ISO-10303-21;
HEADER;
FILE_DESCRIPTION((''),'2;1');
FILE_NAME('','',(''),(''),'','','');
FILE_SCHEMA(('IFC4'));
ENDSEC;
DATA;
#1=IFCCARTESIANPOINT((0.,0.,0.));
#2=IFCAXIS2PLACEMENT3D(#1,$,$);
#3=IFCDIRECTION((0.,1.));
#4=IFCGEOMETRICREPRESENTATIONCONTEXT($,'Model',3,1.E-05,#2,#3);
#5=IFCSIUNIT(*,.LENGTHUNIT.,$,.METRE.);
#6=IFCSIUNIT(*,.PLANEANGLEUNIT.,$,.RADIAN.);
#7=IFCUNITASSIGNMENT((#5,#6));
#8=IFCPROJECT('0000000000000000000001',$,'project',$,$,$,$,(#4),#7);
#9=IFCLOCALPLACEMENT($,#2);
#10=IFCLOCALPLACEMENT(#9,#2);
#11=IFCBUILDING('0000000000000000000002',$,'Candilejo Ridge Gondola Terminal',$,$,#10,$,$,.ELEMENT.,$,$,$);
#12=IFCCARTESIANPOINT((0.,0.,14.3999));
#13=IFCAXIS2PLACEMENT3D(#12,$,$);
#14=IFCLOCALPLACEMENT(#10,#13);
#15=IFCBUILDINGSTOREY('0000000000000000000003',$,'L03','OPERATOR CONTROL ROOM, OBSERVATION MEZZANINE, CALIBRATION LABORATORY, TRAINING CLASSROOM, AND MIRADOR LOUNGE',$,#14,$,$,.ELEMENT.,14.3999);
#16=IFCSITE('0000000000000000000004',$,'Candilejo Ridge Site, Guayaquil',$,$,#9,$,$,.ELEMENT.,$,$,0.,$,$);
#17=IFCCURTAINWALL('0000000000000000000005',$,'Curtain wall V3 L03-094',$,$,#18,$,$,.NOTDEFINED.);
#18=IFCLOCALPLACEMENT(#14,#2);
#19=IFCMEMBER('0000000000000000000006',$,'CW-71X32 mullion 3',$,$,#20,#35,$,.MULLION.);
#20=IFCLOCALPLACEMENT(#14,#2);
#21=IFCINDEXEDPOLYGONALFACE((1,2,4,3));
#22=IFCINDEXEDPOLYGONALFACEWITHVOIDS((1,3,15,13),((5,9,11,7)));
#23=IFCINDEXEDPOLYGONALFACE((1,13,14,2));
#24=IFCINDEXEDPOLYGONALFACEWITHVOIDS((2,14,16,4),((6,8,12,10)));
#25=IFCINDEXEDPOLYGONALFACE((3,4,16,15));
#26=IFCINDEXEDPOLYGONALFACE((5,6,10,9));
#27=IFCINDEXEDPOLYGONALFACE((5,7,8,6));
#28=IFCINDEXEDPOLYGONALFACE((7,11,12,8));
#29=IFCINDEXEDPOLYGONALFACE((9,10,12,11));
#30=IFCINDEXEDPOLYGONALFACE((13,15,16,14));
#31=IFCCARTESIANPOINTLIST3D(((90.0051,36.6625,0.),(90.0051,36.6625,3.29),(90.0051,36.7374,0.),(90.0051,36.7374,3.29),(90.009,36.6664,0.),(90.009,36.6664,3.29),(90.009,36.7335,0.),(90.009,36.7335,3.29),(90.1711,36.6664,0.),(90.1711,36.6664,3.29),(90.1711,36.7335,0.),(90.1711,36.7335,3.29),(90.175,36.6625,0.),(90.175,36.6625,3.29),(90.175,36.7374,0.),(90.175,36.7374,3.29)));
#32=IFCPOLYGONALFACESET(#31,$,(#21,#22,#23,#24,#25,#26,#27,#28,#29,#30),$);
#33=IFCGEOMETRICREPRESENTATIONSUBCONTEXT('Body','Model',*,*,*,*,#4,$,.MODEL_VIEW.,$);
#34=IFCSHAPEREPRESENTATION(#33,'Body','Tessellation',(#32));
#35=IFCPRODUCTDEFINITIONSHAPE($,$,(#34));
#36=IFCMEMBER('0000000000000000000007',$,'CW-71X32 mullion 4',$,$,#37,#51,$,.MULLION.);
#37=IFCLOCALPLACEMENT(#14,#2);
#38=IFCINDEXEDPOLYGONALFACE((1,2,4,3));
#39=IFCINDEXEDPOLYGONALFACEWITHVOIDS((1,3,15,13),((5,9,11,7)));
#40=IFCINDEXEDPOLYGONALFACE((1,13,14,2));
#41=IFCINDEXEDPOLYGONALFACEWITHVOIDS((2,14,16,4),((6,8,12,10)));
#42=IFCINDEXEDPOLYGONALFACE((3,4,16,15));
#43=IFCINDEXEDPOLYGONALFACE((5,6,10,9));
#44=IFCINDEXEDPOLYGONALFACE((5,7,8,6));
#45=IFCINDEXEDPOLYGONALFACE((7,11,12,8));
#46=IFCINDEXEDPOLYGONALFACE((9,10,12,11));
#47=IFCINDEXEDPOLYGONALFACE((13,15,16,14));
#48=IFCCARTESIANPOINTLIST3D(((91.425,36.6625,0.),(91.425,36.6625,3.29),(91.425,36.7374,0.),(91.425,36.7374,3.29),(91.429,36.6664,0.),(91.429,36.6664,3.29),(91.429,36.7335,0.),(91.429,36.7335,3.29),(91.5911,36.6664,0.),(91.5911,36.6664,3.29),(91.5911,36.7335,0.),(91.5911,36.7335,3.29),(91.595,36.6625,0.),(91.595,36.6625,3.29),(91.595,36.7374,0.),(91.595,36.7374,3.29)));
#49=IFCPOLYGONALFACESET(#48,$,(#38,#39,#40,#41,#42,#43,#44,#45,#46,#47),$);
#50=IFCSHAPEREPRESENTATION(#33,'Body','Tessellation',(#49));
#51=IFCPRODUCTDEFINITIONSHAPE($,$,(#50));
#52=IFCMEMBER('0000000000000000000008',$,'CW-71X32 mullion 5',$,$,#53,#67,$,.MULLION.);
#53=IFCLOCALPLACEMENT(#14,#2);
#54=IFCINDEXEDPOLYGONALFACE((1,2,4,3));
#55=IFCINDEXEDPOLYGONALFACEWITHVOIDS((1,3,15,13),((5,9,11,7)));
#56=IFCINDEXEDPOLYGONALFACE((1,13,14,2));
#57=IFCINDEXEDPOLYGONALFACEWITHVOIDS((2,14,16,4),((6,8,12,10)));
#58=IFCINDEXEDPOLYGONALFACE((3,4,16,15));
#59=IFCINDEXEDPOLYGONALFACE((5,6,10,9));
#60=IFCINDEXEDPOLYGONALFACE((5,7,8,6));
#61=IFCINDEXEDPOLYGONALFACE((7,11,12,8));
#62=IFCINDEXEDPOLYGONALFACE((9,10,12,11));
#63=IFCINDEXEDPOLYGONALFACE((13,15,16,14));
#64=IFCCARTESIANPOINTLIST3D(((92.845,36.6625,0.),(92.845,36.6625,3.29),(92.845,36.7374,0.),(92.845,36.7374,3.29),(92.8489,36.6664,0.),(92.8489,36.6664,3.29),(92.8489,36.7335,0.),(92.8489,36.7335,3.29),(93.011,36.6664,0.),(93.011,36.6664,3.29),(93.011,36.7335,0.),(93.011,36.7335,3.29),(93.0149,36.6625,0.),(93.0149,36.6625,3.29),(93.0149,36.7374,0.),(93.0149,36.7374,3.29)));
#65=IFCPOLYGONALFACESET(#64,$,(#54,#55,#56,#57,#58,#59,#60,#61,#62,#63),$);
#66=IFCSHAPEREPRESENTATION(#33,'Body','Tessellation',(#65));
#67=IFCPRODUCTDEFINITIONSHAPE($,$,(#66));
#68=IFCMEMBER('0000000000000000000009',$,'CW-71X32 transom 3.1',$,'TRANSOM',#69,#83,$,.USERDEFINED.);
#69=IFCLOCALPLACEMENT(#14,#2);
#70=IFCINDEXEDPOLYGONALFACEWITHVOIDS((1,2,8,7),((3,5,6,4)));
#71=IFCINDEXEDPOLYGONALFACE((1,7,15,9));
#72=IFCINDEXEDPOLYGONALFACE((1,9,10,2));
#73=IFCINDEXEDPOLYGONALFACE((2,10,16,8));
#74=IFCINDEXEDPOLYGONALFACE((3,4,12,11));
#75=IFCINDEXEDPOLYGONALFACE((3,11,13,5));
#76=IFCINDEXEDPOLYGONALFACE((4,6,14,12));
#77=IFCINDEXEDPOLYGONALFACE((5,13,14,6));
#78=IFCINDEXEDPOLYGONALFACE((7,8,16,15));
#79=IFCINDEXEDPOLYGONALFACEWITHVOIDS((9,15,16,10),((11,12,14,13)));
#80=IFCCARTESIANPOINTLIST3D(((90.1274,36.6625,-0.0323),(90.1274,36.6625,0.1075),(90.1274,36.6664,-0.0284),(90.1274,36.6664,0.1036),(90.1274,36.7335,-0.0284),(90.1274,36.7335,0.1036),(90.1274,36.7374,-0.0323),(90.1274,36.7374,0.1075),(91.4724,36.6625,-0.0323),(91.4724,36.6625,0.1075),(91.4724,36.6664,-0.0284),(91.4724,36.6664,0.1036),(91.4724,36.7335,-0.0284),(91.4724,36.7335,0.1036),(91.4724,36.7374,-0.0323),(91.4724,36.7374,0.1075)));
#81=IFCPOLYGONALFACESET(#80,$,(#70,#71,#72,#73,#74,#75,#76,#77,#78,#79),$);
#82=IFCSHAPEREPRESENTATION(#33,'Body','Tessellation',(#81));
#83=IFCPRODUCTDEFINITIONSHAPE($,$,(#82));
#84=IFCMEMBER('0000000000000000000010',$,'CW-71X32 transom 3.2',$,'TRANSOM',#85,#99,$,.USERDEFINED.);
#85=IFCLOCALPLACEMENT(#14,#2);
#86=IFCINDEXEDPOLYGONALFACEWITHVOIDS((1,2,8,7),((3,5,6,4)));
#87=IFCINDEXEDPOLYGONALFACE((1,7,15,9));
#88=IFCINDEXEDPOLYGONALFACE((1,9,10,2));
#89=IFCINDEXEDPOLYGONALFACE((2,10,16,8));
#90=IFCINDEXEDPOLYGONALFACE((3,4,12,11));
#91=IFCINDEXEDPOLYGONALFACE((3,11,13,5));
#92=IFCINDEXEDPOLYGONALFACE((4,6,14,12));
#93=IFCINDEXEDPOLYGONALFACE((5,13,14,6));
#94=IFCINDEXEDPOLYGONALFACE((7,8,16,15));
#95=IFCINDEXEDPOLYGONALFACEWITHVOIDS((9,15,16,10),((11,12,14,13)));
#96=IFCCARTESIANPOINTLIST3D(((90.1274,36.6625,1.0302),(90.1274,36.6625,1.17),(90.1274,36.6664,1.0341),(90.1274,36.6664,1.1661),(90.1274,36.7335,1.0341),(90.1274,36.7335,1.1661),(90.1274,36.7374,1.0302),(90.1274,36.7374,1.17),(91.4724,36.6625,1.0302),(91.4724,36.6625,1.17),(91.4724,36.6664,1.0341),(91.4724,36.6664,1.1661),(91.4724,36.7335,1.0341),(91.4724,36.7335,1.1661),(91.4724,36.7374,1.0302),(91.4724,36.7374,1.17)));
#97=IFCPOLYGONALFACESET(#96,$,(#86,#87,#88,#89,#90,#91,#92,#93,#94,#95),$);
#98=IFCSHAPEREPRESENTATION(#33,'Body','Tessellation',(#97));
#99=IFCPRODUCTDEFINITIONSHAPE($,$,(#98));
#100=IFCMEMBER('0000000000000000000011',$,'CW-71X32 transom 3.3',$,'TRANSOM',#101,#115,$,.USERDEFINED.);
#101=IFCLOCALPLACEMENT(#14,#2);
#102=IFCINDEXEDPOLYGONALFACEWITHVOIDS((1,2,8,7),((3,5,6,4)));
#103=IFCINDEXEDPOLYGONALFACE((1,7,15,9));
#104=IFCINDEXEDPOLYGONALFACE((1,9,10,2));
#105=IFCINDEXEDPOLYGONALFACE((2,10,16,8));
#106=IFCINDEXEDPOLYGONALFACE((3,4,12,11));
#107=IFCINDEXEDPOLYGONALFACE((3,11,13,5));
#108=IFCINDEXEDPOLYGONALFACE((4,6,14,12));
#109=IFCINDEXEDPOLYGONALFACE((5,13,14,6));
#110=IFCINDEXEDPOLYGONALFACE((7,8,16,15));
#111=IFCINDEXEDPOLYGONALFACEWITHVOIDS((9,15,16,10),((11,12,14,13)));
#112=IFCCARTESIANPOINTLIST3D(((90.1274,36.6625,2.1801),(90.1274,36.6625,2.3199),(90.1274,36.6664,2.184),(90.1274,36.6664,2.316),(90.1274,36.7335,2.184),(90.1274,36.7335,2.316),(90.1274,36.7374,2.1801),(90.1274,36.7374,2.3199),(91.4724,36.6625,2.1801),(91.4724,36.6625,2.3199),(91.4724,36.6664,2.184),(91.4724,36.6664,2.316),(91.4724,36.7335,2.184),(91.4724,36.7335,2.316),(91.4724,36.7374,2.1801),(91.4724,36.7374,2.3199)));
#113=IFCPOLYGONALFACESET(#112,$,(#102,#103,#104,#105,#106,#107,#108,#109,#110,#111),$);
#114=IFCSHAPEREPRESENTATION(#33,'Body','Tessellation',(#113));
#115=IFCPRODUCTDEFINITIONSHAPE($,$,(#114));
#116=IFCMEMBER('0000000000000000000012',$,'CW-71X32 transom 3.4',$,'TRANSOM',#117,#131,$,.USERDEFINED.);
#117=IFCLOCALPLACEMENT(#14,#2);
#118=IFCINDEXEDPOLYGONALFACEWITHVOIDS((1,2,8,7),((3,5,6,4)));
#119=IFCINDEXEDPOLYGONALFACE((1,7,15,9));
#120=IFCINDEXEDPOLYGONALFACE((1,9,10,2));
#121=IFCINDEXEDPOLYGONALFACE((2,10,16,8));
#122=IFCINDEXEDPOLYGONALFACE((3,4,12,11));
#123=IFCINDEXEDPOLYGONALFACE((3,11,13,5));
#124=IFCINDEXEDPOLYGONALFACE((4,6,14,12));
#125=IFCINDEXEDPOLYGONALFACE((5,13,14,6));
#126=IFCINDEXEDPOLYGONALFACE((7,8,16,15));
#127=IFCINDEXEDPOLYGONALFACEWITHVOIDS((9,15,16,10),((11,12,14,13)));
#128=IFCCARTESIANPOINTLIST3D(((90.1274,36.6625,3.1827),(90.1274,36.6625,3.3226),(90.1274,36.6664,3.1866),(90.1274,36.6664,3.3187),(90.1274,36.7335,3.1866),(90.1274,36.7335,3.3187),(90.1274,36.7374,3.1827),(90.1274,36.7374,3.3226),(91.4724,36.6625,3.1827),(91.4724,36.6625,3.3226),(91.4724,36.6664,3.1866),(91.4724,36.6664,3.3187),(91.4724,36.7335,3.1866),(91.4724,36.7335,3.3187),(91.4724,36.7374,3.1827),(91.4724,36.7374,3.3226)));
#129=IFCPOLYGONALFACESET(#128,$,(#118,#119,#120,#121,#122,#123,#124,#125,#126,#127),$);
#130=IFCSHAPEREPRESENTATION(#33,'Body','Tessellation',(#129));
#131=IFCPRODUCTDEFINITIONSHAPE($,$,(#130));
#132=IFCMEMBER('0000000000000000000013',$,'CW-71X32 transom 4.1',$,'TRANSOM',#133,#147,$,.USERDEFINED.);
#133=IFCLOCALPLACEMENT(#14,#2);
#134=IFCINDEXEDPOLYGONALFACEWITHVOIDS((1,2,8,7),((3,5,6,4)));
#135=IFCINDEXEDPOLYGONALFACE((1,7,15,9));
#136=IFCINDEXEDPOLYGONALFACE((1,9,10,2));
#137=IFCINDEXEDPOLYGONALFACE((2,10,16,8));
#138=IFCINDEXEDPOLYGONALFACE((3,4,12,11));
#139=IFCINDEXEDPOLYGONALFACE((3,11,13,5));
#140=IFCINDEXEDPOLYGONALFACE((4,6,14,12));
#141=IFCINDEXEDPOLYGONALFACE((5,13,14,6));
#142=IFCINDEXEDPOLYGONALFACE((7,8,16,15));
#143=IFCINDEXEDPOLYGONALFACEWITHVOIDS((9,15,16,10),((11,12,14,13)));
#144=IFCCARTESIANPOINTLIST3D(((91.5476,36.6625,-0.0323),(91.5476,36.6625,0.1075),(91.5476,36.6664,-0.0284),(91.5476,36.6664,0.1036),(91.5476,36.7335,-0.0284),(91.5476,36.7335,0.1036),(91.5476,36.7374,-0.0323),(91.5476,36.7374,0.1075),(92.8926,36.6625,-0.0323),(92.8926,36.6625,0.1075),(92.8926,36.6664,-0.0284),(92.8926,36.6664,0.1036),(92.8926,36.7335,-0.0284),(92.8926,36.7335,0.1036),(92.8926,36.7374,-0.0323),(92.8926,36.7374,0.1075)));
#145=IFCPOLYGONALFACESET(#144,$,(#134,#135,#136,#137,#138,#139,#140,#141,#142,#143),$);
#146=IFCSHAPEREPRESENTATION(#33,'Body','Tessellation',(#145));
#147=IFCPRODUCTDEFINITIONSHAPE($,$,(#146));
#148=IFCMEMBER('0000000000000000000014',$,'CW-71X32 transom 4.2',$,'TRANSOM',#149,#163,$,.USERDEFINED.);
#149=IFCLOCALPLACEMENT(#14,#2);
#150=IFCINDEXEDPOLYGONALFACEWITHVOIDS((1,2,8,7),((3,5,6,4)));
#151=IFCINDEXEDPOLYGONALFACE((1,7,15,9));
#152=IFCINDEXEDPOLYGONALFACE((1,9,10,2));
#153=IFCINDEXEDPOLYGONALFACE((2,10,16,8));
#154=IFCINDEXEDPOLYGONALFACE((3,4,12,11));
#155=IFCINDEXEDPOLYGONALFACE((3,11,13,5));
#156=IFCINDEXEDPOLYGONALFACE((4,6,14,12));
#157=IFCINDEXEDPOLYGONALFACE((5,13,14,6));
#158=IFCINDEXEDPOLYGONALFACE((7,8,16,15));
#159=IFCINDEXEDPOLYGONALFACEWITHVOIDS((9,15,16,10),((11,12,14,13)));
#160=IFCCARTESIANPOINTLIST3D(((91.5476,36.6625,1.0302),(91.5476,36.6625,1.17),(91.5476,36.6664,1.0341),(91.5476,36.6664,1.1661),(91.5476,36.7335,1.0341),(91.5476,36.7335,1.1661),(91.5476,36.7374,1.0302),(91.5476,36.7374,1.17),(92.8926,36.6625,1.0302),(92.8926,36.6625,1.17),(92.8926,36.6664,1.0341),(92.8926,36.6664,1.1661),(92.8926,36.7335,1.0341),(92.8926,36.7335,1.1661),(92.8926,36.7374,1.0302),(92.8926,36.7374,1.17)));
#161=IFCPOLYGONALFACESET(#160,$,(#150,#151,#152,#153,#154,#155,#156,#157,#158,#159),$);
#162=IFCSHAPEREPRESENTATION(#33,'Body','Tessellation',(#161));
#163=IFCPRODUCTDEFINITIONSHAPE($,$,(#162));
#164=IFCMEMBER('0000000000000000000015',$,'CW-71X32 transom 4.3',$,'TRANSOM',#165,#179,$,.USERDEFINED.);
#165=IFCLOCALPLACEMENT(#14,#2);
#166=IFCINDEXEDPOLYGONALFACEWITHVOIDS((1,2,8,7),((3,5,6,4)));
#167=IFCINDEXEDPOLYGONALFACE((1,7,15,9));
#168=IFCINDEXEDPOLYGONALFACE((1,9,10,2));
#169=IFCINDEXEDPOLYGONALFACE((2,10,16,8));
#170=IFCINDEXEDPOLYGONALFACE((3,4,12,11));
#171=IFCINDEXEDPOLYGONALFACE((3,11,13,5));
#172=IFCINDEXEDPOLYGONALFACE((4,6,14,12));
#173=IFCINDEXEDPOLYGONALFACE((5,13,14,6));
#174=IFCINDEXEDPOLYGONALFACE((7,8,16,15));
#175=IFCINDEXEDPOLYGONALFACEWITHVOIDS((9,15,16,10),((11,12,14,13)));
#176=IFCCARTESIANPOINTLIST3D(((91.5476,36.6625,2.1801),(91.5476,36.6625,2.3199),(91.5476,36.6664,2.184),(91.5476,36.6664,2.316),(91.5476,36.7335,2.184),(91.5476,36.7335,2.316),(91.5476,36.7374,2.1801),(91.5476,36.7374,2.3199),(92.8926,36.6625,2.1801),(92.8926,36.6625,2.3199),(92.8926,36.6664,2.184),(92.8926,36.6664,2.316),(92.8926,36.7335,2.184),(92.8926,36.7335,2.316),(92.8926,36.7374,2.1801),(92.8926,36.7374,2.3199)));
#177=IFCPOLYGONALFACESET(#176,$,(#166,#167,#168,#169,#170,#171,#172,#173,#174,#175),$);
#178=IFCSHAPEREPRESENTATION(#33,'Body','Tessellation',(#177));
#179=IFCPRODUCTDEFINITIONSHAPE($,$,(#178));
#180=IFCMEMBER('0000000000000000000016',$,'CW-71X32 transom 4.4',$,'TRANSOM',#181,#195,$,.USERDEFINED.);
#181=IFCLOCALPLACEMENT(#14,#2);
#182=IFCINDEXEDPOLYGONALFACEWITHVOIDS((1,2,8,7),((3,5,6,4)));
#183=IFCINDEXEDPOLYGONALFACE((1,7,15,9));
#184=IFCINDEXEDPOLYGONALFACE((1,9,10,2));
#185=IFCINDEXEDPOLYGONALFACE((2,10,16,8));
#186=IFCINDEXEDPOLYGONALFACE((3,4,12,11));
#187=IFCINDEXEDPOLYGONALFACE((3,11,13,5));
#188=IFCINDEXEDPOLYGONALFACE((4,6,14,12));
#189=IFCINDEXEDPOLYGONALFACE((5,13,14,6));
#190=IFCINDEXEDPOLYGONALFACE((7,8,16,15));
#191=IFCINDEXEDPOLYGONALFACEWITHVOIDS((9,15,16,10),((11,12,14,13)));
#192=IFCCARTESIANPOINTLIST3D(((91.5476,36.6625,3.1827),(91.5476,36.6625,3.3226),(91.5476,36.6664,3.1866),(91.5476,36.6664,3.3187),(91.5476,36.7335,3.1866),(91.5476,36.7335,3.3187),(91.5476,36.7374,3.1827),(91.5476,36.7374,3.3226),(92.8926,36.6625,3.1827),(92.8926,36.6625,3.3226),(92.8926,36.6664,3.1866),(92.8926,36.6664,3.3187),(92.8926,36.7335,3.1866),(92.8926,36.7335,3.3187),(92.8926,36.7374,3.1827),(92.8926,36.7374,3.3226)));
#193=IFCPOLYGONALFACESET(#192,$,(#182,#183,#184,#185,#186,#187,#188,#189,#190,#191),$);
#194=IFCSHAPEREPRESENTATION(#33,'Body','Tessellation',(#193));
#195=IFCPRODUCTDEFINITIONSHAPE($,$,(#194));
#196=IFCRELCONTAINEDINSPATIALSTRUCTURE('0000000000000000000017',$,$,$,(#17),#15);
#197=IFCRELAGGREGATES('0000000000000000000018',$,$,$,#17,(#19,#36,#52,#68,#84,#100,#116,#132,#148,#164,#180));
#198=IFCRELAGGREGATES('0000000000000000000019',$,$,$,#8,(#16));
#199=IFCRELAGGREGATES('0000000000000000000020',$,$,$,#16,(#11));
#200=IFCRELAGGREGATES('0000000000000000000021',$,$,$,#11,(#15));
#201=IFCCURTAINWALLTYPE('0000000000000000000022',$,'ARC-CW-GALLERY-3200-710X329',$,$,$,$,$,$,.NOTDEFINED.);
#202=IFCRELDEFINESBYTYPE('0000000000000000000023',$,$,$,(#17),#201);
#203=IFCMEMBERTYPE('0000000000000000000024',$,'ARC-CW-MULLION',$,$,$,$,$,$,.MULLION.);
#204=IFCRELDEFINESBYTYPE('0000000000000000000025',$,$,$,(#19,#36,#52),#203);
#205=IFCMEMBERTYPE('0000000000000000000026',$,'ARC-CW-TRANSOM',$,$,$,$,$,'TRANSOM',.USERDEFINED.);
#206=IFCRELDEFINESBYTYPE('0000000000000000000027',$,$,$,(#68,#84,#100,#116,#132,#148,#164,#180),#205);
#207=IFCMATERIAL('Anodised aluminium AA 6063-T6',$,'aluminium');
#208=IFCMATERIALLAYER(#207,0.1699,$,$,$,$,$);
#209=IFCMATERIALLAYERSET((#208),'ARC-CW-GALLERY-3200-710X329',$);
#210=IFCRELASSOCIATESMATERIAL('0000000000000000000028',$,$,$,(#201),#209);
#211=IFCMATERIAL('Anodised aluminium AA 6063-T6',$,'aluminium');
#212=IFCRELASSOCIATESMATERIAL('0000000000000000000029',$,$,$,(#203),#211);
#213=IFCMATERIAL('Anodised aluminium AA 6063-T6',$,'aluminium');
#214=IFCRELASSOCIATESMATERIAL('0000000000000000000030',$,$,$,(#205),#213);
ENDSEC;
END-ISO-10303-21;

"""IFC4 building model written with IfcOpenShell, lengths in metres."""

from ifc_helpers import new_model, si_unit, direction, frame, origin, origin_2d, place, context, subcontext, project, spatial, hollow_rectangle, extrude, material, layer, layer_set, material_profile, profile_set, type_object, element, aggregate, save


model = new_model("IFC4")

# Units and contexts
model_context = context("Model", 3, precision=1e-05, world=origin(), true_north=direction((0.0, 1.0)))
body_context = subcontext(model_context, "Body", "Model", "MODEL_VIEW")
ifc_project = project(units=[si_unit("LENGTHUNIT", "METRE"), si_unit("PLANEANGLEUNIT", "RADIAN")], contexts=[model_context])

# Site, building, storey
site_placement = place(None, origin())
site = spatial("IfcSite", under=ifc_project, at=site_placement, Name="Candilejo Ridge Site, Guayaquil", CompositionType="ELEMENT", RefElevation=0.0)
building_placement = place(site_placement, origin())
building = spatial("IfcBuilding", under=site, at=building_placement, Name="Candilejo Ridge Gondola Terminal", CompositionType="ELEMENT")
storey_placement = place(building_placement, frame((0.0, 0.0, 14.3999)))
storey = spatial("IfcBuildingStorey", under=building, at=storey_placement, Name="L03", Description="OPERATOR CONTROL ROOM, OBSERVATION MEZZANINE, CALIBRATION LABORATORY, TRAINING CLASSROOM, AND MIRADOR LOUNGE", CompositionType="ELEMENT", Elevation=14.3999)

# Curtain wall, members
ifc_material_1 = material(Name="Anodised aluminium AA 6063-T6", Category="aluminium")
ifc_layer_1 = layer(ifc_material_1, 0.1699)
ifc_layer_set_1 = layer_set([ifc_layer_1], Name="ARC-CW-GALLERY-3200-710X329")
curtain_wall_type = type_object("IfcCurtainWallType", Name="ARC-CW-GALLERY-3200-710X329", PredefinedType="NOTDEFINED", material=ifc_layer_set_1)
curtain_wall_placement = place(storey_placement, origin())
curtain_wall = element("IfcCurtainWall", 1, at=curtain_wall_placement, inside=storey, type_object=curtain_wall_type, Name="Curtain wall V3 L03-094", PredefinedType="NOTDEFINED")
ifc_material_2 = material(Name="Anodised aluminium AA 6063-T6", Category="aluminium")
ifc_material_profile_1 = material_profile(ifc_material_2, hollow_rectangle(XDim=0.075, YDim=0.1699, WallThickness=0.0039, at=origin_2d()))
ifc_profile_set_1 = profile_set([ifc_material_profile_1], Name="Anodised aluminium AA 6063-T6")
member_type_1 = type_object("IfcMemberType", Name="ARC-CW-MULLION", PredefinedType="MULLION", material=ifc_profile_set_1)
member_1_placement = place(storey_placement, frame((90.0901, 36.7, 0.0), z_axis=(0.0, 0.0, 1.0), x_axis=(0.0, 1.0, 0.0)))
member_1 = element("IfcMember", 2, at=member_1_placement, type_object=member_type_1, Name="CW-71X32 mullion 3", PredefinedType="MULLION", context=body_context, shape_type="SweptSolid", body=[
    extrude(hollow_rectangle(XDim=0.075, YDim=0.1699, WallThickness=0.0039, at=origin_2d()), origin(), (0.0, 0.0, 1.0), 3.29),
])
member_2_placement = place(storey_placement, frame((91.51, 36.7, 0.0), z_axis=(0.0, 0.0, 1.0), x_axis=(0.0, 1.0, 0.0)))
member_2 = element("IfcMember", 3, at=member_2_placement, type_object=member_type_1, Name="CW-71X32 mullion 4", PredefinedType="MULLION", context=body_context, shape_type="SweptSolid", body=[
    extrude(hollow_rectangle(XDim=0.075, YDim=0.1699, WallThickness=0.0039, at=origin_2d()), origin(), (0.0, 0.0, 1.0), 3.29),
])
member_3_placement = place(storey_placement, frame((92.9299, 36.7, 0.0), z_axis=(0.0, 0.0, 1.0), x_axis=(0.0, 1.0, 0.0)))
member_3 = element("IfcMember", 4, at=member_3_placement, type_object=member_type_1, Name="CW-71X32 mullion 5", PredefinedType="MULLION", context=body_context, shape_type="SweptSolid", body=[
    extrude(hollow_rectangle(XDim=0.075, YDim=0.1699, WallThickness=0.0039, at=origin_2d()), origin(), (0.0, 0.0, 1.0), 3.29),
])
ifc_material_3 = material(Name="Anodised aluminium AA 6063-T6", Category="aluminium")
ifc_material_profile_2 = material_profile(ifc_material_3, hollow_rectangle(XDim=0.075, YDim=0.1399, WallThickness=0.0039, at=origin_2d()))
ifc_profile_set_2 = profile_set([ifc_material_profile_2], Name="Anodised aluminium AA 6063-T6")
member_type_2 = type_object("IfcMemberType", Name="ARC-CW-TRANSOM", ElementType="TRANSOM", PredefinedType="USERDEFINED", material=ifc_profile_set_2)
member_4_placement = place(storey_placement, frame((90.1274, 36.7, 0.0376), z_axis=(1.0, 0.0, 0.0), x_axis=(0.0, 1.0, 0.0)))
member_4 = element("IfcMember", 5, at=member_4_placement, type_object=member_type_2, Name="CW-71X32 transom 3.1", ObjectType="TRANSOM", PredefinedType="USERDEFINED", context=body_context, shape_type="SweptSolid", body=[
    extrude(hollow_rectangle(XDim=0.075, YDim=0.1399, WallThickness=0.0039, at=origin_2d()), origin(), (0.0, 0.0, 1.0), 1.345),
])
member_5_placement = place(storey_placement, frame((90.1274, 36.7, 1.1001), z_axis=(1.0, 0.0, 0.0), x_axis=(0.0, 1.0, 0.0)))
member_5 = element("IfcMember", 6, at=member_5_placement, type_object=member_type_2, Name="CW-71X32 transom 3.2", ObjectType="TRANSOM", PredefinedType="USERDEFINED", context=body_context, shape_type="SweptSolid", body=[
    extrude(hollow_rectangle(XDim=0.075, YDim=0.1399, WallThickness=0.0039, at=origin_2d()), origin(), (0.0, 0.0, 1.0), 1.345),
])
member_6_placement = place(storey_placement, frame((90.1274, 36.7, 2.25), z_axis=(1.0, 0.0, 0.0), x_axis=(0.0, 1.0, 0.0)))
member_6 = element("IfcMember", 7, at=member_6_placement, type_object=member_type_2, Name="CW-71X32 transom 3.3", ObjectType="TRANSOM", PredefinedType="USERDEFINED", context=body_context, shape_type="SweptSolid", body=[
    extrude(hollow_rectangle(XDim=0.075, YDim=0.1399, WallThickness=0.0039, at=origin_2d()), origin(), (0.0, 0.0, 1.0), 1.345),
])
member_7_placement = place(storey_placement, frame((90.1274, 36.7, 3.2527), z_axis=(1.0, 0.0, 0.0), x_axis=(0.0, 1.0, 0.0)))
member_7 = element("IfcMember", 8, at=member_7_placement, type_object=member_type_2, Name="CW-71X32 transom 3.4", ObjectType="TRANSOM", PredefinedType="USERDEFINED", context=body_context, shape_type="SweptSolid", body=[
    extrude(hollow_rectangle(XDim=0.075, YDim=0.1399, WallThickness=0.0039, at=origin_2d()), origin(), (0.0, 0.0, 1.0), 1.345),
])
member_8_placement = place(storey_placement, frame((91.5476, 36.7, 0.0376), z_axis=(1.0, 0.0, 0.0), x_axis=(0.0, 1.0, 0.0)))
member_8 = element("IfcMember", 9, at=member_8_placement, type_object=member_type_2, Name="CW-71X32 transom 4.1", ObjectType="TRANSOM", PredefinedType="USERDEFINED", context=body_context, shape_type="SweptSolid", body=[
    extrude(hollow_rectangle(XDim=0.075, YDim=0.1399, WallThickness=0.0039, at=origin_2d()), origin(), (0.0, 0.0, 1.0), 1.345),
])
member_9_placement = place(storey_placement, frame((91.5476, 36.7, 1.1001), z_axis=(1.0, 0.0, 0.0), x_axis=(0.0, 1.0, 0.0)))
member_9 = element("IfcMember", 10, at=member_9_placement, type_object=member_type_2, Name="CW-71X32 transom 4.2", ObjectType="TRANSOM", PredefinedType="USERDEFINED", context=body_context, shape_type="SweptSolid", body=[
    extrude(hollow_rectangle(XDim=0.075, YDim=0.1399, WallThickness=0.0039, at=origin_2d()), origin(), (0.0, 0.0, 1.0), 1.345),
])
member_10_placement = place(storey_placement, frame((91.5476, 36.7, 2.25), z_axis=(1.0, 0.0, 0.0), x_axis=(0.0, 1.0, 0.0)))
member_10 = element("IfcMember", 11, at=member_10_placement, type_object=member_type_2, Name="CW-71X32 transom 4.3", ObjectType="TRANSOM", PredefinedType="USERDEFINED", context=body_context, shape_type="SweptSolid", body=[
    extrude(hollow_rectangle(XDim=0.075, YDim=0.1399, WallThickness=0.0039, at=origin_2d()), origin(), (0.0, 0.0, 1.0), 1.345),
])
member_11_placement = place(storey_placement, frame((91.5476, 36.7, 3.2527), z_axis=(1.0, 0.0, 0.0), x_axis=(0.0, 1.0, 0.0)))
member_11 = element("IfcMember", 12, at=member_11_placement, type_object=member_type_2, Name="CW-71X32 transom 4.4", ObjectType="TRANSOM", PredefinedType="USERDEFINED", context=body_context, shape_type="SweptSolid", body=[
    extrude(hollow_rectangle(XDim=0.075, YDim=0.1399, WallThickness=0.0039, at=origin_2d()), origin(), (0.0, 0.0, 1.0), 1.345),
])
aggregate(curtain_wall, [member_1, member_2, member_3, member_4, member_5, member_6, member_7, member_8, member_9, member_10, member_11])

save(model, "model.ifc")
